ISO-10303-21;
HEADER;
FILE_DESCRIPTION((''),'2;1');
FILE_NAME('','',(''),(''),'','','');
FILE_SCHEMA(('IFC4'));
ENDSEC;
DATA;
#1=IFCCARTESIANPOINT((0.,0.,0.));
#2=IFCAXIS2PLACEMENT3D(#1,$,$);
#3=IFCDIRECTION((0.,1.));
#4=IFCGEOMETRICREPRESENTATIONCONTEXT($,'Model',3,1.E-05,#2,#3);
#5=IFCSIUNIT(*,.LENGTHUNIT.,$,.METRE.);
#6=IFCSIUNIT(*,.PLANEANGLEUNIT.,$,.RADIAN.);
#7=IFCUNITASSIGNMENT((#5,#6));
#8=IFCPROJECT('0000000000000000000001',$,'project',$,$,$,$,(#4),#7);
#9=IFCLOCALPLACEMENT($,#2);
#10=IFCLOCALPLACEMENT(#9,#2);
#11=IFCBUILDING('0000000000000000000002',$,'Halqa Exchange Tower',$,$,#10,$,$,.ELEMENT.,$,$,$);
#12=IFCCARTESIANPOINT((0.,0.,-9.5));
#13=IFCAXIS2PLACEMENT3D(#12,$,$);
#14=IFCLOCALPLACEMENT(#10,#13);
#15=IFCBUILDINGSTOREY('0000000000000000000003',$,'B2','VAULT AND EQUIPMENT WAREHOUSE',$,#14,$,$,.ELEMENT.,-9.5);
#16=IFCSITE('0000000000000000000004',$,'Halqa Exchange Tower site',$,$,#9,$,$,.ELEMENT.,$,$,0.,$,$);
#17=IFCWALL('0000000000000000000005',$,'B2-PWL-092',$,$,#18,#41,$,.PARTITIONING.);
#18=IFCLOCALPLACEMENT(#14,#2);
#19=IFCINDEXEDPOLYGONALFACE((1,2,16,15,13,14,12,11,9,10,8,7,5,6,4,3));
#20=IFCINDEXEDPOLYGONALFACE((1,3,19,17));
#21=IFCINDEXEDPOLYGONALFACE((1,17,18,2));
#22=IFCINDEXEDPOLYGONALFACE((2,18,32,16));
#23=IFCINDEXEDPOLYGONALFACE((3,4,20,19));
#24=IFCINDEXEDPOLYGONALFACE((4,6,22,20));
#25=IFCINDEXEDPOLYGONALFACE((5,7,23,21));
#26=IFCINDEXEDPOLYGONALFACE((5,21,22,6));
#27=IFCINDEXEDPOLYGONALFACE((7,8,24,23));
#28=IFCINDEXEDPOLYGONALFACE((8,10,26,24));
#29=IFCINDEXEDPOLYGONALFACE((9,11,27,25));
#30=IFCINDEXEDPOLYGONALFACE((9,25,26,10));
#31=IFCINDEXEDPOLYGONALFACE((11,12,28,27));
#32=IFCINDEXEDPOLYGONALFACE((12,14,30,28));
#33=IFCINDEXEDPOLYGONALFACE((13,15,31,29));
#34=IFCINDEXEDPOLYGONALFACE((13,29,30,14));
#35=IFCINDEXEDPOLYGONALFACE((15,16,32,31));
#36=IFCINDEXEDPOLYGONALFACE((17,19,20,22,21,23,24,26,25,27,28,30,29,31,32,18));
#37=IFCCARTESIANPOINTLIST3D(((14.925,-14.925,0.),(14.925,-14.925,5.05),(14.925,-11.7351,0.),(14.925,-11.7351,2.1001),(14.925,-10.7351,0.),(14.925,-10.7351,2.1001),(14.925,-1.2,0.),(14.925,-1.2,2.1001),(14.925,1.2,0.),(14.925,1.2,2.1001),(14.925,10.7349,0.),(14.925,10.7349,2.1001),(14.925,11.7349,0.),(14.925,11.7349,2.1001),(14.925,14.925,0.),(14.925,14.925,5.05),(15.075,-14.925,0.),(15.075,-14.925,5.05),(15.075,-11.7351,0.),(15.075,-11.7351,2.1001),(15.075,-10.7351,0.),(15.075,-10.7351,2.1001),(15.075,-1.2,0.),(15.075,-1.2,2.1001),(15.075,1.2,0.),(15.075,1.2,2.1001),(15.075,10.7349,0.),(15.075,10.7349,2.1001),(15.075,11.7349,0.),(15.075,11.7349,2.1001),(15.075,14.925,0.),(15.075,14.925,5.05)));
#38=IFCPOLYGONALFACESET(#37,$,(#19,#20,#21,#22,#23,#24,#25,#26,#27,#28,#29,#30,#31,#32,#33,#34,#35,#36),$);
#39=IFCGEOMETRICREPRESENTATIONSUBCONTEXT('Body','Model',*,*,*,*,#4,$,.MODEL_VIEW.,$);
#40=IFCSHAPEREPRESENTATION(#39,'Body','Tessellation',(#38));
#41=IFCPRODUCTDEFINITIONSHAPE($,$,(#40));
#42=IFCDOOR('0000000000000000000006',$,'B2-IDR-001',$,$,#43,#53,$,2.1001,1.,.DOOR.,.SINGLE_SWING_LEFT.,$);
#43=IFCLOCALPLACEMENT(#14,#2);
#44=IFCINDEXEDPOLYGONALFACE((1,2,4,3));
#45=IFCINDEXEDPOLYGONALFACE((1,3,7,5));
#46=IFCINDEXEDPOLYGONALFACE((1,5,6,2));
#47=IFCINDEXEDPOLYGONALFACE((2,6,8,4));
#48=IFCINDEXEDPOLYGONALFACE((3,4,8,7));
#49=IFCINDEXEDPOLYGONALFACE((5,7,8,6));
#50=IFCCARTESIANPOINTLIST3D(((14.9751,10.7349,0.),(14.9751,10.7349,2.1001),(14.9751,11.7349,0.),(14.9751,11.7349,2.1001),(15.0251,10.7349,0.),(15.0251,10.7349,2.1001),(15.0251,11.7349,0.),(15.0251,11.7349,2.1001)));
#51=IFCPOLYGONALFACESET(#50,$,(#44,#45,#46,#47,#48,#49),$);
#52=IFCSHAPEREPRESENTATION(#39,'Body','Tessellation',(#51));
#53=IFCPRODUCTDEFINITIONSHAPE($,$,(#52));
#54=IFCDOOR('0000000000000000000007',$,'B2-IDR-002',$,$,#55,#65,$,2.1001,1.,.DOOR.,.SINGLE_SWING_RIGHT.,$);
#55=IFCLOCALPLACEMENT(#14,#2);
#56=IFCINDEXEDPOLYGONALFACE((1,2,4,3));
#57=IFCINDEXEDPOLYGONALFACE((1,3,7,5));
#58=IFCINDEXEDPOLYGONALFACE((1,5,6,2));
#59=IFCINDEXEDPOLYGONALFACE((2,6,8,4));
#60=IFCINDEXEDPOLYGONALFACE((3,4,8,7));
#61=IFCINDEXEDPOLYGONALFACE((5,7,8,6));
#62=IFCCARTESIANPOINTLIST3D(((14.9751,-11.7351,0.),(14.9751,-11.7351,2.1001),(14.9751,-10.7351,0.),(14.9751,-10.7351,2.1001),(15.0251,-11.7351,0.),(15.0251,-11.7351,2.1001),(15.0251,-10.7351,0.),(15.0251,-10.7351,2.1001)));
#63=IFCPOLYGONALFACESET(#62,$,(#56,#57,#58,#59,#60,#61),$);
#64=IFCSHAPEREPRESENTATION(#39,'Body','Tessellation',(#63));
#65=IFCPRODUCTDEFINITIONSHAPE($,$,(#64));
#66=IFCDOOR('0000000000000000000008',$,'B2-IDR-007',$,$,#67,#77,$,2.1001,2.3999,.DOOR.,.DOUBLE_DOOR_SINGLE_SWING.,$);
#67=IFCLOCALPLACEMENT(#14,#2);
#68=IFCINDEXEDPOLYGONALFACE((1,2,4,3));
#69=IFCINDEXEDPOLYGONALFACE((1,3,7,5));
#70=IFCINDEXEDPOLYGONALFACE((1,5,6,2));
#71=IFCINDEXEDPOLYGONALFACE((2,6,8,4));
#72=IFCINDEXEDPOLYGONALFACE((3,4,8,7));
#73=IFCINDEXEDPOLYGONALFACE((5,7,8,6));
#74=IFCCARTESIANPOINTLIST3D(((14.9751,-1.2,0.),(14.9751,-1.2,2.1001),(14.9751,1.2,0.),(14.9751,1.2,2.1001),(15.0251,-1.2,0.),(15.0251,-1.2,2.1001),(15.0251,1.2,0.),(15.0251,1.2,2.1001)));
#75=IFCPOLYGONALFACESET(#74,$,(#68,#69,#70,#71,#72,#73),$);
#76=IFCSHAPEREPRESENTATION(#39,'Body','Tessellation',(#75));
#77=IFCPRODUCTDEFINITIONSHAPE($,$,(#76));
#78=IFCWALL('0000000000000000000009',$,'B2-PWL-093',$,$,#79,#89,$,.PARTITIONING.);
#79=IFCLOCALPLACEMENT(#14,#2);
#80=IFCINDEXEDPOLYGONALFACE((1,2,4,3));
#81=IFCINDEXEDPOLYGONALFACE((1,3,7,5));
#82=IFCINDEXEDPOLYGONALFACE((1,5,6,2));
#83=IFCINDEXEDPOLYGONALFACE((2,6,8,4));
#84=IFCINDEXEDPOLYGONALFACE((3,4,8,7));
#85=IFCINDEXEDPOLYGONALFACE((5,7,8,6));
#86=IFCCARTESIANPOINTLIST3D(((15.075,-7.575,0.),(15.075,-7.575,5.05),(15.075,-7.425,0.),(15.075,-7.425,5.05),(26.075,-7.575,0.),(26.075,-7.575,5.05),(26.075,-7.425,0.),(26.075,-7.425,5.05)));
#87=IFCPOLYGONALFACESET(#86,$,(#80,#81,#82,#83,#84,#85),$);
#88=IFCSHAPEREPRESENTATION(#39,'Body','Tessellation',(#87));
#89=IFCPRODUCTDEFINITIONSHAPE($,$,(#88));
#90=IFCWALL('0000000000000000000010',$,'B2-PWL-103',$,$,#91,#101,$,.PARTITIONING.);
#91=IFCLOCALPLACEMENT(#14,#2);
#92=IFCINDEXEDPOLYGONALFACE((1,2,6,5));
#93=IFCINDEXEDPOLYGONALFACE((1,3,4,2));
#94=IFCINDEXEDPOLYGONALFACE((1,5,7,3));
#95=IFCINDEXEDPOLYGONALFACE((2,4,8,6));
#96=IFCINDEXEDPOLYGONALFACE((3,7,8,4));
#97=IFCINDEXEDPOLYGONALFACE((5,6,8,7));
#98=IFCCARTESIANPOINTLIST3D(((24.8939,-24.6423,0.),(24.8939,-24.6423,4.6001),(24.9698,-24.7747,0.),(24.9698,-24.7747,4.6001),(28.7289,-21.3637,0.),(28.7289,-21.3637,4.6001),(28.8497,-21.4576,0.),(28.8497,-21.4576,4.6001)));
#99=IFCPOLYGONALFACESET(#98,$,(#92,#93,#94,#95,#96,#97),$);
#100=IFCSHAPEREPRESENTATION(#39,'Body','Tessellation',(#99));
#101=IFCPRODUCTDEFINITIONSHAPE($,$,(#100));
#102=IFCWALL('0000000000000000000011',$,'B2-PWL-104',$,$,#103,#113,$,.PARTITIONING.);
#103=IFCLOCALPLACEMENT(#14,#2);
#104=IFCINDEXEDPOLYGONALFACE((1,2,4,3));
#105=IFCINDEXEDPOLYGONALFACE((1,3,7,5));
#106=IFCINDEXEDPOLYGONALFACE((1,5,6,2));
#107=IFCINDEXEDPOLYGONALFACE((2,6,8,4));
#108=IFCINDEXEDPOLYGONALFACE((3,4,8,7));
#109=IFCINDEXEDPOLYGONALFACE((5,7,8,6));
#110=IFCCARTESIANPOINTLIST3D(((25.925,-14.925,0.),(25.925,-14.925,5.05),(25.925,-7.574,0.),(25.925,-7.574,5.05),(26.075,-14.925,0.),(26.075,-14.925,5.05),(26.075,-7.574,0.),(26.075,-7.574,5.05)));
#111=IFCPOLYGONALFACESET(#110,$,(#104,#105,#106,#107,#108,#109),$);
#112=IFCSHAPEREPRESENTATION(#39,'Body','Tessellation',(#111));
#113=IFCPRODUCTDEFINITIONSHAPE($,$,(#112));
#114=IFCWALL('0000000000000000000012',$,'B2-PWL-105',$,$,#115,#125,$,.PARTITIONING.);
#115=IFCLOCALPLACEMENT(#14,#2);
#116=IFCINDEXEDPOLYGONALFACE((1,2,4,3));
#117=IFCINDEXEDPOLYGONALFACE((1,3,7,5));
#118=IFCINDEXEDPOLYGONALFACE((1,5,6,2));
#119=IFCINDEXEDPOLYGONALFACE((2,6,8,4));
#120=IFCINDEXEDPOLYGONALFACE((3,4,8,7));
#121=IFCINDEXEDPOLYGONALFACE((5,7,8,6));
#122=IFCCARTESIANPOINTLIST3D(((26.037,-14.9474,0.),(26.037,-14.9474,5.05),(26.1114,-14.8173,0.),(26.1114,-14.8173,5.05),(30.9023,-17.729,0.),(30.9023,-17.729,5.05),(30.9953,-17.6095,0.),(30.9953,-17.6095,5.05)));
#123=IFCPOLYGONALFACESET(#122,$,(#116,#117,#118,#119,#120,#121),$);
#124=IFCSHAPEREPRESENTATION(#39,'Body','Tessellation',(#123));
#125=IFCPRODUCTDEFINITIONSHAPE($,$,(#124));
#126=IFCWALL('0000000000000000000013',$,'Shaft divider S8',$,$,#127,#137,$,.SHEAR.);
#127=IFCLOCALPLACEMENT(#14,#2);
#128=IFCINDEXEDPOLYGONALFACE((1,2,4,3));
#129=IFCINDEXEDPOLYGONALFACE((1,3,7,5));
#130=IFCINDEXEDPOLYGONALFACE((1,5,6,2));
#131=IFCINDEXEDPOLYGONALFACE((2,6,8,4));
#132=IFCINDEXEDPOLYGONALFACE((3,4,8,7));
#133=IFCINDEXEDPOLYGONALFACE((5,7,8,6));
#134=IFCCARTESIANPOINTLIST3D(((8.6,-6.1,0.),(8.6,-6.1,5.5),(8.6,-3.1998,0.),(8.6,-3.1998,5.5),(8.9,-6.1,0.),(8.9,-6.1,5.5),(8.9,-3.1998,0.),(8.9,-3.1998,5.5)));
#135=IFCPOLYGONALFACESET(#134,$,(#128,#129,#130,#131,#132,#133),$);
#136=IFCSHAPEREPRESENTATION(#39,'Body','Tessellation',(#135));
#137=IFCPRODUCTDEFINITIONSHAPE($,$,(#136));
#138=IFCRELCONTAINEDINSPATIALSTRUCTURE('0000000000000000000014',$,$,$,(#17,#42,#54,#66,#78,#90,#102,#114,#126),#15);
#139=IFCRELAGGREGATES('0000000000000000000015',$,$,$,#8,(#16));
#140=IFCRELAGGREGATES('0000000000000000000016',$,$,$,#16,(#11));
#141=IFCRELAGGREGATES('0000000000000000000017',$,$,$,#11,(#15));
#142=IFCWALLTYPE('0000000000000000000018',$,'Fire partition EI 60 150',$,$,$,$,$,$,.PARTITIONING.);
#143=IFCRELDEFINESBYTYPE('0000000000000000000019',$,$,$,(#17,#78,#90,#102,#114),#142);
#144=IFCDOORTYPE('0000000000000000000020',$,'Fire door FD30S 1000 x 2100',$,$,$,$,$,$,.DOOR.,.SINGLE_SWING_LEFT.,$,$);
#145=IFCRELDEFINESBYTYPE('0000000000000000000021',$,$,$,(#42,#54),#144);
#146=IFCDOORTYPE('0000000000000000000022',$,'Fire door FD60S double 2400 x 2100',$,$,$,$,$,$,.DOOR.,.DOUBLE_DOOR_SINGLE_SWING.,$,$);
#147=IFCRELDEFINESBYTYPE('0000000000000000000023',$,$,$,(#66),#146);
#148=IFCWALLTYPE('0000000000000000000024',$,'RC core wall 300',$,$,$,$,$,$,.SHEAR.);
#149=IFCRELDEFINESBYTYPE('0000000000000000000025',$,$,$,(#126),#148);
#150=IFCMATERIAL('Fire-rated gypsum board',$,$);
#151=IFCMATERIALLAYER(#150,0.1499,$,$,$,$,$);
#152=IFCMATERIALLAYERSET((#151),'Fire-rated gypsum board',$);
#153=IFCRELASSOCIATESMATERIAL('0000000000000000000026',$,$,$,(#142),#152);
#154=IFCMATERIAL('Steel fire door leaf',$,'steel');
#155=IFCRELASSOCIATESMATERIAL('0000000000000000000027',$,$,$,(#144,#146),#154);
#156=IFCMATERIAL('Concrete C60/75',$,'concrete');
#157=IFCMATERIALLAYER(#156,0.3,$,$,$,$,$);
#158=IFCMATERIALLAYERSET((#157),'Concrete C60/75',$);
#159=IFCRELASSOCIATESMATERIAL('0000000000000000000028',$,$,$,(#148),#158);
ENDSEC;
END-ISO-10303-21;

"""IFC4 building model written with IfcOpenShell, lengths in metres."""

from ifc_helpers import new_model, si_unit, direction, frame, frame_2d, origin, place, context, subcontext, project, spatial, polyline, rectangle, outline, extrude, material, layer, layer_set, type_object, element, fill, save


model = new_model("IFC4")

# Units and contexts
model_context = context("Model", 3, precision=1e-05, world=origin(), true_north=direction((0.0, 1.0)))
body_context = subcontext(model_context, "Body", "Model", "MODEL_VIEW")
ifc_project = project(units=[si_unit("LENGTHUNIT", "METRE"), si_unit("PLANEANGLEUNIT", "RADIAN")], contexts=[model_context])

# Site, building, storey
site_placement = place(None, origin())
site = spatial("IfcSite", under=ifc_project, at=site_placement, Name="Halqa Exchange Tower site", CompositionType="ELEMENT", RefElevation=0.0)
building_placement = place(site_placement, origin())
building = spatial("IfcBuilding", under=site, at=building_placement, Name="Halqa Exchange Tower", CompositionType="ELEMENT")
storey_placement = place(building_placement, frame((0.0, 0.0, -9.5)))
storey = spatial("IfcBuildingStorey", under=building, at=storey_placement, Name="B2", Description="VAULT AND EQUIPMENT WAREHOUSE", CompositionType="ELEMENT", Elevation=-9.5)

# Shared definitions
ifc_material_1 = material(Name="Concrete C60/75", Category="concrete")

# Shared definitions
ifc_material_2 = material(Name="Fire-rated gypsum board")
ifc_layer_1 = layer(ifc_material_2, 0.1499)
ifc_layer_set_1 = layer_set([ifc_layer_1], Name="Fire-rated gypsum board")
wall_type_1 = type_object("IfcWallType", Name="Fire partition EI 60 150", PredefinedType="PARTITIONING", material=ifc_layer_set_1)

# Wall, openings, doors
wall_1_placement = place(storey_placement, frame((15.0, -14.925, 0.0), z_axis=(0.0, 0.0, 1.0), x_axis=(0.0, 1.0, 0.0)))
wall_1 = element("IfcWall", 1, at=wall_1_placement, inside=storey, type_object=wall_type_1, Name="B2-PWL-092", PredefinedType="PARTITIONING", context=body_context, shape_type="SweptSolid", body=[
    extrude(rectangle(XDim=29.8501, YDim=0.1499, at=frame_2d((14.925, 0.0))), origin(), (0.0, 0.0, 1.0), 5.05),
])
opening_1_placement = place(wall_1_placement, frame((25.6599, 0.0, 0.0)))
opening_1 = element("IfcOpeningElement", 2, at=opening_1_placement, cuts=wall_1, PredefinedType="OPENING", context=body_context, shape_type="SweptSolid", body=[
    extrude(rectangle(XDim=1.0, YDim=2.1001, at=frame_2d((0.5, 1.05))), frame((0.0, 0.0869, 0.0), z_axis=(0.0, -1.0, 0.0), x_axis=(1.0, 0.0, 0.0)), (0.0, 0.0, 1.0), 0.1738),
])
opening_2_placement = place(wall_1_placement, frame((3.1899, 0.0, 0.0)))
opening_2 = element("IfcOpeningElement", 3, at=opening_2_placement, cuts=wall_1, PredefinedType="OPENING", context=body_context, shape_type="SweptSolid", body=[
    extrude(rectangle(XDim=1.0, YDim=2.1001, at=frame_2d((0.5, 1.05))), frame((0.0, 0.0869, 0.0), z_axis=(0.0, -1.0, 0.0), x_axis=(1.0, 0.0, 0.0)), (0.0, 0.0, 1.0), 0.1738),
])
opening_3_placement = place(wall_1_placement, frame((13.7251, 0.0, 0.0)))
opening_3 = element("IfcOpeningElement", 4, at=opening_3_placement, cuts=wall_1, PredefinedType="OPENING", context=body_context, shape_type="SweptSolid", body=[
    extrude(rectangle(XDim=2.3999, YDim=2.1001, at=frame_2d((1.2, 1.05))), frame((0.0, 0.0869, 0.0), z_axis=(0.0, -1.0, 0.0), x_axis=(1.0, 0.0, 0.0)), (0.0, 0.0, 1.0), 0.1738),
])
ifc_material_3 = material(Name="Steel fire door leaf", Category="steel")
door_type_1 = type_object("IfcDoorType", Name="Fire door FD30S 1000 x 2100", OperationType="SINGLE_SWING_LEFT", PredefinedType="DOOR", material=ifc_material_3)
door_1_placement = place(opening_1_placement, origin())
door_1 = element("IfcDoor", 5, at=door_1_placement, inside=storey, type_object=door_type_1, Name="B2-IDR-001", OperationType="SINGLE_SWING_LEFT", OverallHeight=2.1001, OverallWidth=1.0, PredefinedType="DOOR", context=body_context, shape_type="SweptSolid", body=[
    extrude(rectangle(XDim=1.0, YDim=2.1001, at=frame_2d((0.5, 1.05))), frame((0.0, 0.0249, 0.0), z_axis=(0.0, -1.0, 0.0), x_axis=(1.0, 0.0, 0.0)), (0.0, 0.0, 1.0), 0.05),
])
fill(opening_1, door_1)
door_2_placement = place(opening_2_placement, origin())
door_2 = element("IfcDoor", 6, at=door_2_placement, inside=storey, type_object=door_type_1, Name="B2-IDR-002", OperationType="SINGLE_SWING_RIGHT", OverallHeight=2.1001, OverallWidth=1.0, PredefinedType="DOOR", context=body_context, shape_type="SweptSolid", body=[
    extrude(rectangle(XDim=1.0, YDim=2.1001, at=frame_2d((0.5, 1.05))), frame((0.0, 0.0249, 0.0), z_axis=(0.0, -1.0, 0.0), x_axis=(1.0, 0.0, 0.0)), (0.0, 0.0, 1.0), 0.05),
])
fill(opening_2, door_2)
door_type_2 = type_object("IfcDoorType", Name="Fire door FD60S double 2400 x 2100", OperationType="DOUBLE_DOOR_SINGLE_SWING", PredefinedType="DOOR", material=ifc_material_3)
door_3_placement = place(opening_3_placement, origin())
door_3 = element("IfcDoor", 7, at=door_3_placement, inside=storey, type_object=door_type_2, Name="B2-IDR-007", OperationType="DOUBLE_DOOR_SINGLE_SWING", OverallHeight=2.1001, OverallWidth=2.3999, PredefinedType="DOOR", context=body_context, shape_type="SweptSolid", body=[
    extrude(rectangle(XDim=2.3999, YDim=2.1001, at=frame_2d((1.2, 1.05))), frame((0.0, 0.0249, 0.0), z_axis=(0.0, -1.0, 0.0), x_axis=(1.0, 0.0, 0.0)), (0.0, 0.0, 1.0), 0.05),
])
fill(opening_3, door_3)

# Walls
wall_2_placement = place(storey_placement, frame((15.075, -7.5, 0.0), z_axis=(0.0, 0.0, 1.0), x_axis=(1.0, 0.0, 0.0)))
element("IfcWall", 8, at=wall_2_placement, inside=storey, type_object=wall_type_1, Name="B2-PWL-093", PredefinedType="PARTITIONING", context=body_context, shape_type="SweptSolid", body=[
    extrude(rectangle(XDim=11.0, YDim=0.1499, at=frame_2d((5.5, 0.0))), origin(), (0.0, 0.0, 1.0), 5.05),
])
wall_3_placement = place(storey_placement, frame((24.9319, -24.7085, 0.0), z_axis=(0.0, 0.0, 1.0), x_axis=(0.760085, 0.649824, 0.0)))
element("IfcWall", 9, at=wall_3_placement, inside=storey, type_object=wall_type_1, Name="B2-PWL-103", PredefinedType="PARTITIONING", context=body_context, shape_type="SweptSolid", body=[
    extrude(outline(polyline([(-0.0142, -0.075), (5.0903, -0.075), (5.0596, 0.075), (0.0142, 0.075), (-0.0142, -0.075)])), origin(), (0.0, 0.0, 1.0), 4.6001),
])
wall_4_placement = place(storey_placement, frame((26.0, -14.925, 0.0), z_axis=(0.0, 0.0, 1.0), x_axis=(0.0, 1.0, 0.0)))
element("IfcWall", 10, at=wall_4_placement, inside=storey, type_object=wall_type_1, Name="B2-PWL-104", PredefinedType="PARTITIONING", context=body_context, shape_type="SweptSolid", body=[
    extrude(rectangle(XDim=7.3511, YDim=0.1499, at=frame_2d((3.6755, 0.0))), origin(), (0.0, 0.0, 1.0), 5.05),
])
wall_5_placement = place(storey_placement, frame((26.0742, -14.8823, 0.0), z_axis=(0.0, 0.0, 1.0), x_axis=(0.868133, -0.496331, 0.0)))
element("IfcWall", 11, at=wall_5_placement, inside=storey, type_object=wall_type_1, Name="B2-PWL-105", PredefinedType="PARTITIONING", context=body_context, shape_type="SweptSolid", body=[
    extrude(outline(polyline([(0.0, -0.075), (5.6042, -0.075), (5.6257, 0.075), (0.0, 0.075), (0.0, -0.075)])), origin(), (0.0, 0.0, 1.0), 5.05),
])
ifc_layer_2 = layer(ifc_material_1, 0.3)
ifc_layer_set_2 = layer_set([ifc_layer_2], Name="Concrete C60/75")
wall_type_2 = type_object("IfcWallType", Name="RC core wall 300", PredefinedType="SHEAR", material=ifc_layer_set_2)
wall_6_placement = place(storey_placement, frame((8.75, -6.1001, 0.0), z_axis=(0.0, 0.0, 1.0), x_axis=(0.0, 1.0, 0.0)))
element("IfcWall", 12, at=wall_6_placement, inside=storey, type_object=wall_type_2, Name="Shaft divider S8", PredefinedType="SHEAR", context=body_context, shape_type="SweptSolid", body=[
    extrude(rectangle(XDim=2.9001, YDim=0.3, at=frame_2d((1.4502, 0.0))), origin(), (0.0, 0.0, 1.0), 5.5),
])

save(model, "model.ifc")
